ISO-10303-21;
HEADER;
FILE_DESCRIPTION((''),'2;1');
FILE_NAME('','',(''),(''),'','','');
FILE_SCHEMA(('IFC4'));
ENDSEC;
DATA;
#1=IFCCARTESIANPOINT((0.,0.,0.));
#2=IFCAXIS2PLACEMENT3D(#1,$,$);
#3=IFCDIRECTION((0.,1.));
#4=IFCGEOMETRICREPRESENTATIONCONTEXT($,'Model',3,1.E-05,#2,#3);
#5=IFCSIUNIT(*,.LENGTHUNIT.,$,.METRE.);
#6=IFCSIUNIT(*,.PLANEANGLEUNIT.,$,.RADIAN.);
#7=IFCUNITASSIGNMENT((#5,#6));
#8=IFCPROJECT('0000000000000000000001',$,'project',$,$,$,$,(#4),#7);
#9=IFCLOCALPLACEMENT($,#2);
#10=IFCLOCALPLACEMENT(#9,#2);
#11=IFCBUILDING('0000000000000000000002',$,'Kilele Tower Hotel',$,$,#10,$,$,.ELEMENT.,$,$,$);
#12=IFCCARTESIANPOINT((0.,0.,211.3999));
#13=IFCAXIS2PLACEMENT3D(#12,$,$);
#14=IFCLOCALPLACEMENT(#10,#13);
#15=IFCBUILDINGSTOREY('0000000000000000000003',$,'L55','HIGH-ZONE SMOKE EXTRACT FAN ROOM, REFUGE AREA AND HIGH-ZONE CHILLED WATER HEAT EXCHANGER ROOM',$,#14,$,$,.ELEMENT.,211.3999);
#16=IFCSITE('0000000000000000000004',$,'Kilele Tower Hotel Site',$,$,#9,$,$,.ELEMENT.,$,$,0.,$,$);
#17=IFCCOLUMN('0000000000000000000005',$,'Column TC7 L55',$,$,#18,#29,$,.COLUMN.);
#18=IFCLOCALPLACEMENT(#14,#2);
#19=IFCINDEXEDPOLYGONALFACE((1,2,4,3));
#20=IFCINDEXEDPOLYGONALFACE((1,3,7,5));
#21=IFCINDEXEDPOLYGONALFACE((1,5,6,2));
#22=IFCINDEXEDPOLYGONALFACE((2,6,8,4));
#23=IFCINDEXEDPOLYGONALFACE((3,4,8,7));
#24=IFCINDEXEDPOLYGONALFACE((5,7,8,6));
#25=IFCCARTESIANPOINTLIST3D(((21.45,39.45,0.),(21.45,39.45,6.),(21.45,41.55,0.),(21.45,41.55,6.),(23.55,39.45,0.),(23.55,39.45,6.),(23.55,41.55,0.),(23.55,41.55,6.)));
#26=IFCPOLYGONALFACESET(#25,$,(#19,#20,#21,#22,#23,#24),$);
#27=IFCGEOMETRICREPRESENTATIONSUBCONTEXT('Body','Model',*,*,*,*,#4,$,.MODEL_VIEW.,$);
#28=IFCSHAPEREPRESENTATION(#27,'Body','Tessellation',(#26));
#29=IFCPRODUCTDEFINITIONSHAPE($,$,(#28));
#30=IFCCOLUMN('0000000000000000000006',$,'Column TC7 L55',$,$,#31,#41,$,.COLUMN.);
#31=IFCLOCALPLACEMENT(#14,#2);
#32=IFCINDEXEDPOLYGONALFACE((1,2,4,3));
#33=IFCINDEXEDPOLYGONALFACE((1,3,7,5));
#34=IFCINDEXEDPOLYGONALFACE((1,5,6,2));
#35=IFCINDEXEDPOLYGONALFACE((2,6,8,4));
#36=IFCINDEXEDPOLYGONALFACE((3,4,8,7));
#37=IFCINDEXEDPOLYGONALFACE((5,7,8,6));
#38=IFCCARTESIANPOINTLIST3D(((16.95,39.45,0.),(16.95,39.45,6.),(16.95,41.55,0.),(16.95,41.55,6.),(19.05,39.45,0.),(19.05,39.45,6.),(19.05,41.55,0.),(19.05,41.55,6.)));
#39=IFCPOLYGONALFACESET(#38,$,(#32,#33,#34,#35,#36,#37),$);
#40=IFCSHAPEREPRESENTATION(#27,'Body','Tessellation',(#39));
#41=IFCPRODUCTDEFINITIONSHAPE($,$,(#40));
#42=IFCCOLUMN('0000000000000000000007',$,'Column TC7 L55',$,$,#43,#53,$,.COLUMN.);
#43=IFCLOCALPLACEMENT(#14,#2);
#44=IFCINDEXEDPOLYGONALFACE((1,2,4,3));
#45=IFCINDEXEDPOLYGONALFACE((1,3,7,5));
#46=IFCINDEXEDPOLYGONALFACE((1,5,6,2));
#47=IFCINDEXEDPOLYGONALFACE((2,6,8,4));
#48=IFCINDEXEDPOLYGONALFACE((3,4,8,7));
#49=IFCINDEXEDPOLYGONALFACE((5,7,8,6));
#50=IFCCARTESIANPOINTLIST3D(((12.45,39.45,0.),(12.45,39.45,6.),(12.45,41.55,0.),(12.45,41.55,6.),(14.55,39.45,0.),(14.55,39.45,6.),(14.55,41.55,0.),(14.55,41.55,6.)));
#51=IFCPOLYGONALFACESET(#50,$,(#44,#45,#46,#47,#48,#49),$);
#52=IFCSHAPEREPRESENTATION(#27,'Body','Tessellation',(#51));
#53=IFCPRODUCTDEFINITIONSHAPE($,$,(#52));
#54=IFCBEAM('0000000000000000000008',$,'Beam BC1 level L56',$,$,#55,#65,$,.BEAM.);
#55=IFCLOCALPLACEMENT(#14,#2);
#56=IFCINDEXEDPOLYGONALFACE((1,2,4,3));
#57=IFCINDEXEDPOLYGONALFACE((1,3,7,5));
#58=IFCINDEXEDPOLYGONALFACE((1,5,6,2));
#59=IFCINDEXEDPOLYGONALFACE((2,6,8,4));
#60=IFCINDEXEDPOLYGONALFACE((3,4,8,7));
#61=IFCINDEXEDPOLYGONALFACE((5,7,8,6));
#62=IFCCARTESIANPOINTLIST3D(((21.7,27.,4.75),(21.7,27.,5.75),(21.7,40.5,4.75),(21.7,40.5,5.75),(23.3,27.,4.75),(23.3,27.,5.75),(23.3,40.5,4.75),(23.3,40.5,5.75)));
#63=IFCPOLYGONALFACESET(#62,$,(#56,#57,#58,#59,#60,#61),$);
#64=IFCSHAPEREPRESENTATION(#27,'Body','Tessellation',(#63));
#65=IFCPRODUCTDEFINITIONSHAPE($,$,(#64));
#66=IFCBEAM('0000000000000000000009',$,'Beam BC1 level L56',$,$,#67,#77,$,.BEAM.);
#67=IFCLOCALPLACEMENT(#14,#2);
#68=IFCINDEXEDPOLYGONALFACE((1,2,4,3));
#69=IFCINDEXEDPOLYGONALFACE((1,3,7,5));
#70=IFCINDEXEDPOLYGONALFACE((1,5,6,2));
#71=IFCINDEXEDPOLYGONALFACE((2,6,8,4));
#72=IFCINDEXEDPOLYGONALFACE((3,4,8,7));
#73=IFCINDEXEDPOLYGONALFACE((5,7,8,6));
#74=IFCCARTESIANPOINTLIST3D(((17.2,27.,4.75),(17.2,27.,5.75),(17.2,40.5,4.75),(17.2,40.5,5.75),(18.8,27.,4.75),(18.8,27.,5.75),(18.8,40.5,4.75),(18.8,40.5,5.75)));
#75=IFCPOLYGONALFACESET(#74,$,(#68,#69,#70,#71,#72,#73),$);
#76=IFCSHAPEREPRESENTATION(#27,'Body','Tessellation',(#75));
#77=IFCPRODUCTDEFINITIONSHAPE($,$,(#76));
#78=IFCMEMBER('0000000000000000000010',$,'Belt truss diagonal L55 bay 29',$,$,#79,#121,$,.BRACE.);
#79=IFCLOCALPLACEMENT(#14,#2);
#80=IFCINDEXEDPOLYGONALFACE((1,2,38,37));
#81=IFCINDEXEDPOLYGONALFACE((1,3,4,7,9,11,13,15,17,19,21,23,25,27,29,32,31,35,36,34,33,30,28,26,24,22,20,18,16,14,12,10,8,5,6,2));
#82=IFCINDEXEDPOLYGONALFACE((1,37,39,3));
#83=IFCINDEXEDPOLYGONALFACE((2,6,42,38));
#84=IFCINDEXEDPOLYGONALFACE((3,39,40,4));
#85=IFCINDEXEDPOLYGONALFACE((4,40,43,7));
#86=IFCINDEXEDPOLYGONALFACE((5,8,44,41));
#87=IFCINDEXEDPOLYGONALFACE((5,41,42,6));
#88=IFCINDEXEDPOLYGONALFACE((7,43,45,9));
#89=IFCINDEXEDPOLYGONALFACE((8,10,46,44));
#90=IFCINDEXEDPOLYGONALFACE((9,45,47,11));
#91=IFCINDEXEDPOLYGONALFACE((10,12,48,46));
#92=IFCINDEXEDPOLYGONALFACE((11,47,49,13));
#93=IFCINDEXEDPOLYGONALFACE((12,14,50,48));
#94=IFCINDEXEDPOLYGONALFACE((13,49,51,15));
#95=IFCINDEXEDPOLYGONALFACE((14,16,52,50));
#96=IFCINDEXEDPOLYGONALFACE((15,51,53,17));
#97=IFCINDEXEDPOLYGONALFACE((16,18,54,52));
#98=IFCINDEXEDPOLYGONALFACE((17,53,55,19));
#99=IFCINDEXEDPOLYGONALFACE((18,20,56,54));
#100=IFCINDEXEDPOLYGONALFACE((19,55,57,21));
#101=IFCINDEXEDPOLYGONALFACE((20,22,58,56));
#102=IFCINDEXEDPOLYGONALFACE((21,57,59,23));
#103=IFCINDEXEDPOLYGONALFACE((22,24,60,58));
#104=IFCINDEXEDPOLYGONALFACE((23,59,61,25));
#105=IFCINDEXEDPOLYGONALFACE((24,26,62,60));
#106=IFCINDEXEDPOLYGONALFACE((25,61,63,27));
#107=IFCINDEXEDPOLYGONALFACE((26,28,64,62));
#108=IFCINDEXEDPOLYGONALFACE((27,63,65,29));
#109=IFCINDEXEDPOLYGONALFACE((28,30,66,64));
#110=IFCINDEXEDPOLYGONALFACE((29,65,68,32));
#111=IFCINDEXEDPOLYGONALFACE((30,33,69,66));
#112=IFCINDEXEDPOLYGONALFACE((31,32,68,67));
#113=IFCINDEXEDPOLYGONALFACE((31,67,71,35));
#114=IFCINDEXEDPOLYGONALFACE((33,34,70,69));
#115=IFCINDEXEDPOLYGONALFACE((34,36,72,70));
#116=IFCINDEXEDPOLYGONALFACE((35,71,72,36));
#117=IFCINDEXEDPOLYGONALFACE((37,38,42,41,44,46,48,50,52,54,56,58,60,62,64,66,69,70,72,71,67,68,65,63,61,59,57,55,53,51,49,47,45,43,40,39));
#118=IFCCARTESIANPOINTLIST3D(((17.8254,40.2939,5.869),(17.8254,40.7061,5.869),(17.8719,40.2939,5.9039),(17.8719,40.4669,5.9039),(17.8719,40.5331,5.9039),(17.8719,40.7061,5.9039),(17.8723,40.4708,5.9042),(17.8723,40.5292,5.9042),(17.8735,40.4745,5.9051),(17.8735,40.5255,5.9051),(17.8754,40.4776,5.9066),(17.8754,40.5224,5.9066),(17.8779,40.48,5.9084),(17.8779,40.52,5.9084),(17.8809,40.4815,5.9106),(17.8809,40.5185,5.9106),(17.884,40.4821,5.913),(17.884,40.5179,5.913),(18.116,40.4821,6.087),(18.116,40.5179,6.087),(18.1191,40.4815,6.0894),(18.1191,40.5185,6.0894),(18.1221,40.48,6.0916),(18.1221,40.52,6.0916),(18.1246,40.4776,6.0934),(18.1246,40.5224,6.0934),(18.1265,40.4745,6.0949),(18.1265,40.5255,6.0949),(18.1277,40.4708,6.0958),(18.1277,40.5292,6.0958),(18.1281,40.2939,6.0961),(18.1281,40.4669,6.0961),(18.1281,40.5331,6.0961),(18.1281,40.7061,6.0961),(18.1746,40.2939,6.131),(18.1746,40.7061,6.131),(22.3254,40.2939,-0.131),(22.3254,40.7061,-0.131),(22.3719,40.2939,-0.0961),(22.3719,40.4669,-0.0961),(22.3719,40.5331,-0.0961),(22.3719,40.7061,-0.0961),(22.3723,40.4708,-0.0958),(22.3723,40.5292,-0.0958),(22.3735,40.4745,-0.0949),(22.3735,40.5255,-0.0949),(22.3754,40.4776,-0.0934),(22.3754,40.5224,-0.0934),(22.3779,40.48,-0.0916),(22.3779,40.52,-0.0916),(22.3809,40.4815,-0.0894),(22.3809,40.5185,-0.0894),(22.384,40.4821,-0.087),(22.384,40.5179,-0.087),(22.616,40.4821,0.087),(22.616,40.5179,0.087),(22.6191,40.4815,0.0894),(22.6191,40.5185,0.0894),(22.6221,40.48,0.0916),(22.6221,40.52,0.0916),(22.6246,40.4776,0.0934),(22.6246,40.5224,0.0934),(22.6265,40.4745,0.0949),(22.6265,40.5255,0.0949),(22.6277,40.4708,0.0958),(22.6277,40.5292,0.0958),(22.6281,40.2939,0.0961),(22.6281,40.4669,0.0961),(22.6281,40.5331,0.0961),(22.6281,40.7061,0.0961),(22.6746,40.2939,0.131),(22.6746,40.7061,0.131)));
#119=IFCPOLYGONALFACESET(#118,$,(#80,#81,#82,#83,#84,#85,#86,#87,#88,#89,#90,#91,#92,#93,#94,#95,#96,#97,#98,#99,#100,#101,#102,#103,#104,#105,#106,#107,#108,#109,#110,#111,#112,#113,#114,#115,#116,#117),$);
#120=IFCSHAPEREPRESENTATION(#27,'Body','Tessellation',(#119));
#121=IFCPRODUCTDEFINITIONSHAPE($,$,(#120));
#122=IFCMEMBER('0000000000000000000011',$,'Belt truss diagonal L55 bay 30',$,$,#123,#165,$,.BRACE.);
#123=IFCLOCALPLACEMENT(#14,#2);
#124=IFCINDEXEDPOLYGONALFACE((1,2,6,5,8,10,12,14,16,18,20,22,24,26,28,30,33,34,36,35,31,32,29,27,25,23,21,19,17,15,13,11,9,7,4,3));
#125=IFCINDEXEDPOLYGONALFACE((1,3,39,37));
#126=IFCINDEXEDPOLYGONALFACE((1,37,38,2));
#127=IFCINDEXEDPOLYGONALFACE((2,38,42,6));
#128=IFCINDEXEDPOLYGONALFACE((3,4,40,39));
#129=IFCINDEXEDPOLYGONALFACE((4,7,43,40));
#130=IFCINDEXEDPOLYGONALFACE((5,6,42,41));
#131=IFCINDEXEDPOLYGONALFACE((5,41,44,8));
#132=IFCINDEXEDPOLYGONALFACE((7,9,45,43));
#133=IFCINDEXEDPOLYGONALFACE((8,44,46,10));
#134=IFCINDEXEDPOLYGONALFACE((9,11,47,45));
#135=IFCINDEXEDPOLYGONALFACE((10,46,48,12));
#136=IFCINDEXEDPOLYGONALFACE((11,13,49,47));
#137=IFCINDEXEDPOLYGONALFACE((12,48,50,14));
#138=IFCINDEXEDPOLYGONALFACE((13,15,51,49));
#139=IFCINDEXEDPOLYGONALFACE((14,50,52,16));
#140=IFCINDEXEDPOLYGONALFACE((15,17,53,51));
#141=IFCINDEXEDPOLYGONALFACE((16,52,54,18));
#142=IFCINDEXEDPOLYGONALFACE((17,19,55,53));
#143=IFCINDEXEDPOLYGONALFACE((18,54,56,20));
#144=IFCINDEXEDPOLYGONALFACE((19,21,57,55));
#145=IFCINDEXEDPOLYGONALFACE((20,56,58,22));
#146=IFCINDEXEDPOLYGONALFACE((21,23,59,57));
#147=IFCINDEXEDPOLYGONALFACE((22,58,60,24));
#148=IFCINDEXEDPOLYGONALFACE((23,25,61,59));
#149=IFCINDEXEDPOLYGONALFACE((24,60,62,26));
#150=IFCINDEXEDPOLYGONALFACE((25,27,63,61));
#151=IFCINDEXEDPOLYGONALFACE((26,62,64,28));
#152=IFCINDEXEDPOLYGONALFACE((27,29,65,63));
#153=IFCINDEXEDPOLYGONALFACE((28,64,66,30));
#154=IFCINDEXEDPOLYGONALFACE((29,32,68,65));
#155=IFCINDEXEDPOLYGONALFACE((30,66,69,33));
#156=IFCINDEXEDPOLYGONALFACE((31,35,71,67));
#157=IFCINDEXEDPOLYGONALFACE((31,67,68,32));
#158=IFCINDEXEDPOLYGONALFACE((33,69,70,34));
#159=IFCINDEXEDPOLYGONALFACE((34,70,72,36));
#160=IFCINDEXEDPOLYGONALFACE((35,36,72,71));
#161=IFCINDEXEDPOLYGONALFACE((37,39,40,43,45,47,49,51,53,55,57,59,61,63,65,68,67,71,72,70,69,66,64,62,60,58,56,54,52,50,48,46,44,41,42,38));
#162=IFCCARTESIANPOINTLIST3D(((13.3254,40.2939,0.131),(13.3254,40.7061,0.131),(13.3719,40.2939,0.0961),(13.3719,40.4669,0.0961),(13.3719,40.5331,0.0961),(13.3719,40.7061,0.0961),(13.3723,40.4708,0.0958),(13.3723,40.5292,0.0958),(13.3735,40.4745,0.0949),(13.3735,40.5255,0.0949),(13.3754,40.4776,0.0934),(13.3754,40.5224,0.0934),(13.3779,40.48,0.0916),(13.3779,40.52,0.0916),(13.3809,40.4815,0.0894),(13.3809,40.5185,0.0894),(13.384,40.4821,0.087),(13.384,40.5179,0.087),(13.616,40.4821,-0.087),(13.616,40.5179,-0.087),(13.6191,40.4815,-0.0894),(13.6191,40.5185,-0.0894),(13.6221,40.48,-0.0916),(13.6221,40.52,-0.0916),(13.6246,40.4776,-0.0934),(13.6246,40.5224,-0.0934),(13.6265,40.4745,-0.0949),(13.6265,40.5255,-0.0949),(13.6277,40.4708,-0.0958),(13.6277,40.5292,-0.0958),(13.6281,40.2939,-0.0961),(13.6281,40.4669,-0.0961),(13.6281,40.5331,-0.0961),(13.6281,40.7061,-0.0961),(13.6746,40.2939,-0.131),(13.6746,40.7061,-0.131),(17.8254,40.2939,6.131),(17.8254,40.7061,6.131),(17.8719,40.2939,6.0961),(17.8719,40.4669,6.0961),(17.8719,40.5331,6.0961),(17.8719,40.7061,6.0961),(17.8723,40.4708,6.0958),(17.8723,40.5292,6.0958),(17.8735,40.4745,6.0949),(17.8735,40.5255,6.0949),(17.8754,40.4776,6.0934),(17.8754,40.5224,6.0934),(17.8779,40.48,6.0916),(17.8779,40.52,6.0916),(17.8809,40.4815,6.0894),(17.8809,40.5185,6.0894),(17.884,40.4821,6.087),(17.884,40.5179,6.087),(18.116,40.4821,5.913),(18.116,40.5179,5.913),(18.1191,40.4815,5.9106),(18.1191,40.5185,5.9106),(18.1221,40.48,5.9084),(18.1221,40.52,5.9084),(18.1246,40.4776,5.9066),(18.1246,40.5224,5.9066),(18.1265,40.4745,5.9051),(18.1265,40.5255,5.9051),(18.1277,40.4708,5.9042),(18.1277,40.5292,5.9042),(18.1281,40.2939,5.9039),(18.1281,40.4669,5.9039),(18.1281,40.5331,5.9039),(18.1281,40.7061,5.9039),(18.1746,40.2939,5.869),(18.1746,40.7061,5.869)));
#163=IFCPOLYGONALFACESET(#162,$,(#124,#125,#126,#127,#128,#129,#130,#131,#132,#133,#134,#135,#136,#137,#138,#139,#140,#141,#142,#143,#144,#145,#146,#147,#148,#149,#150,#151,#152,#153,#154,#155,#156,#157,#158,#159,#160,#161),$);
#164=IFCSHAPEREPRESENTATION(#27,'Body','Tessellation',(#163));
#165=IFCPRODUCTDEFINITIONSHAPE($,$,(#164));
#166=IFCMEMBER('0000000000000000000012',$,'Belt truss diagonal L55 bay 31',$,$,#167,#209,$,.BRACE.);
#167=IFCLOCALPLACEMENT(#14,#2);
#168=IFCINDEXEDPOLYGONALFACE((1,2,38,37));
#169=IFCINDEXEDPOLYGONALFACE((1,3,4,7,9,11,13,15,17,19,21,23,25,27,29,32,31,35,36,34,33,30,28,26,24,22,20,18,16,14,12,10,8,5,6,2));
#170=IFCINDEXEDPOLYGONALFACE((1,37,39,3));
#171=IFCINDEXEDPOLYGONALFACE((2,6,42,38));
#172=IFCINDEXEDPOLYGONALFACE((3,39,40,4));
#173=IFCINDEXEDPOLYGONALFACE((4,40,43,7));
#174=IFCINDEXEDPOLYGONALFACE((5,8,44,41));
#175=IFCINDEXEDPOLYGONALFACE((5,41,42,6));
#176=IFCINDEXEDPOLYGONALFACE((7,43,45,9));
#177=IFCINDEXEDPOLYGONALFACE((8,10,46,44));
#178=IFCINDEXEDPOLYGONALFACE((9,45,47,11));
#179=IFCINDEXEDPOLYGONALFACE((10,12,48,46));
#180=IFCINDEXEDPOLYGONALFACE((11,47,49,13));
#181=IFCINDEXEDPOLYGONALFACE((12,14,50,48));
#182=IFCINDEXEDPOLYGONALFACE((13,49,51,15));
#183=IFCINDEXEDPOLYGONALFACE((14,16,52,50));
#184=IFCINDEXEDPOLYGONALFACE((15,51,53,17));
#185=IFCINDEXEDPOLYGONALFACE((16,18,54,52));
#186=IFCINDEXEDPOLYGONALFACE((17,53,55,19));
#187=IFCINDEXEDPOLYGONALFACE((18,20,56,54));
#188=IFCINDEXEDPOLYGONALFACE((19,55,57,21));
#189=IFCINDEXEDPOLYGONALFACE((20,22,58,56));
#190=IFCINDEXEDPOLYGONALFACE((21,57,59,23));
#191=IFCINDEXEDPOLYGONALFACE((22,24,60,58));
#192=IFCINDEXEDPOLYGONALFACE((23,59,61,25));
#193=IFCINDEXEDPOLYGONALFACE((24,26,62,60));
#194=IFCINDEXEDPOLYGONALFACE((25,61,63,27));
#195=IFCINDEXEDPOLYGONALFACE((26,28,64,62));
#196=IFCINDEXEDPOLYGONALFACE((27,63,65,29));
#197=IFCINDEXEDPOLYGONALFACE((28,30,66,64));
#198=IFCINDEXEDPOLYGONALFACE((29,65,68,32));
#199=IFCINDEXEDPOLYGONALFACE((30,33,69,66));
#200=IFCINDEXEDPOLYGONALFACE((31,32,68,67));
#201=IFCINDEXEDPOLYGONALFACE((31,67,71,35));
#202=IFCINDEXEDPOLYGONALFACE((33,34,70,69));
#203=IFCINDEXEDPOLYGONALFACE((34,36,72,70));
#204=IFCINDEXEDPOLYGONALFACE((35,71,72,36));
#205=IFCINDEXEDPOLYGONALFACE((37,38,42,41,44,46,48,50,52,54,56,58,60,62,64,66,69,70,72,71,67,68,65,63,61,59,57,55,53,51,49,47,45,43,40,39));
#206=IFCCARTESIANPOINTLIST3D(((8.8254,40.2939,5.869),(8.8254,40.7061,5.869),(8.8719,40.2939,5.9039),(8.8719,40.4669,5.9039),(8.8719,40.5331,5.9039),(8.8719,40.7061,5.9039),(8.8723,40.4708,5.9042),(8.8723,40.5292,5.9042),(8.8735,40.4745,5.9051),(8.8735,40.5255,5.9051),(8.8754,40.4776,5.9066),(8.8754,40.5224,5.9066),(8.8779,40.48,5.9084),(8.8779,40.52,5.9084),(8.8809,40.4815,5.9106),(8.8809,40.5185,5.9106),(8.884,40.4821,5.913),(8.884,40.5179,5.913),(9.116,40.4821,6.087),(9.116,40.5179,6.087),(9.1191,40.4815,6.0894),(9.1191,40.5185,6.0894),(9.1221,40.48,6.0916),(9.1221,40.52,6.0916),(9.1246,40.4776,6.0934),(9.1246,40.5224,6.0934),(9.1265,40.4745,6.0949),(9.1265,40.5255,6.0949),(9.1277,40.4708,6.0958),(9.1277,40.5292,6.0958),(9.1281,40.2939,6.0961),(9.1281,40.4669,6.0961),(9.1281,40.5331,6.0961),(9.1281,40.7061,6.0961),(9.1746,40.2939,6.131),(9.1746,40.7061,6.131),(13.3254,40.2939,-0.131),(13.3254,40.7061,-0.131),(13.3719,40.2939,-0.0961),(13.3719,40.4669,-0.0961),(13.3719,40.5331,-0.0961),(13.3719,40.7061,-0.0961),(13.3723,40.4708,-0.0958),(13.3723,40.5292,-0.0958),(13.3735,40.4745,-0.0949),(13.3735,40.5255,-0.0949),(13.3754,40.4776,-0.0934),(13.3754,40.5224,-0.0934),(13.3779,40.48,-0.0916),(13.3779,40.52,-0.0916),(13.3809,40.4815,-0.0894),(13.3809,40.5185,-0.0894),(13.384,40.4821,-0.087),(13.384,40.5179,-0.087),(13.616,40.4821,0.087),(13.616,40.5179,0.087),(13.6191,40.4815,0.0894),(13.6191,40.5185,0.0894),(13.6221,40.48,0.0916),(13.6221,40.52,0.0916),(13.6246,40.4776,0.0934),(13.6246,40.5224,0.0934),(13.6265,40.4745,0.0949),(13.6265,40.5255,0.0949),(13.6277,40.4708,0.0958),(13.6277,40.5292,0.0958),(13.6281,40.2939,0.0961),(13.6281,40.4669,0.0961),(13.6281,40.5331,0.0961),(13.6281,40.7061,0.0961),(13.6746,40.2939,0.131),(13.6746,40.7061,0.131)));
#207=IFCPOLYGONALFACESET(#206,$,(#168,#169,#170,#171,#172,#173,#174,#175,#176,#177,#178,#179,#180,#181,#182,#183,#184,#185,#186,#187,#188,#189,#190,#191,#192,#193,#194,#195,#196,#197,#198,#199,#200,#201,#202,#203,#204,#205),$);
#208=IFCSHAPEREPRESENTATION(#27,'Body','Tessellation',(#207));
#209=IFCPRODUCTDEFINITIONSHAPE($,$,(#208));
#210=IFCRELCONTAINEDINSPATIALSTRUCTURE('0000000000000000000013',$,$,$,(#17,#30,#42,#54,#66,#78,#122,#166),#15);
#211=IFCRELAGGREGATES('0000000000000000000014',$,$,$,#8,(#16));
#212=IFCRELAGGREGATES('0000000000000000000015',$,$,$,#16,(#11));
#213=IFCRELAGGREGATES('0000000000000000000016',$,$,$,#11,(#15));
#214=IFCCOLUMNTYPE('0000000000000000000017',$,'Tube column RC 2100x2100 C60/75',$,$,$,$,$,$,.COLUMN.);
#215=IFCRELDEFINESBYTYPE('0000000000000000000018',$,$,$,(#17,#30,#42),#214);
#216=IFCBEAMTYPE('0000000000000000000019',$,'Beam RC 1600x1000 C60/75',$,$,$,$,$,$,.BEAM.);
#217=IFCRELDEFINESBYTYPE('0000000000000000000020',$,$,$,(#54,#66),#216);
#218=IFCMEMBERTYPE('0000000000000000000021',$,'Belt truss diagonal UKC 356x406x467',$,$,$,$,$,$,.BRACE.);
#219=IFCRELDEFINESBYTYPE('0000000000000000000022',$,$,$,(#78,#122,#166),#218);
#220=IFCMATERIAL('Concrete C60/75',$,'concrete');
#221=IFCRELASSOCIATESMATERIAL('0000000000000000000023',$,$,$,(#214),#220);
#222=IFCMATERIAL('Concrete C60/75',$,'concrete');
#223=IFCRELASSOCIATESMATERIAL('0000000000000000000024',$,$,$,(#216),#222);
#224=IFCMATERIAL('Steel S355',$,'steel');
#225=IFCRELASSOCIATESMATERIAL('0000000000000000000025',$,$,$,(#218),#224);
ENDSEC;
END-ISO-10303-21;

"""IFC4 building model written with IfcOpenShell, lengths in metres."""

from ifc_helpers import new_model, si_unit, direction, frame, origin, origin_2d, place, context, subcontext, project, spatial, rectangle, i_section, extrude, material, material_profile, profile_set, type_object, element, save


model = new_model("IFC4")

# Units and contexts
model_context = context("Model", 3, precision=1e-05, world=origin(), true_north=direction((0.0, 1.0)))
body_context = subcontext(model_context, "Body", "Model", "MODEL_VIEW")
ifc_project = project(units=[si_unit("LENGTHUNIT", "METRE"), si_unit("PLANEANGLEUNIT", "RADIAN")], contexts=[model_context])

# Site, building, storey
site_placement = place(None, origin())
site = spatial("IfcSite", under=ifc_project, at=site_placement, Name="Kilele Tower Hotel Site", CompositionType="ELEMENT", RefElevation=0.0)
building_placement = place(site_placement, origin())
building = spatial("IfcBuilding", under=site, at=building_placement, Name="Kilele Tower Hotel", CompositionType="ELEMENT")
storey_placement = place(building_placement, frame((0.0, 0.0, 211.3999)))
storey = spatial("IfcBuildingStorey", under=building, at=storey_placement, Name="L55", Description="HIGH-ZONE SMOKE EXTRACT FAN ROOM, REFUGE AREA AND HIGH-ZONE CHILLED WATER HEAT EXCHANGER ROOM", CompositionType="ELEMENT", Elevation=211.3999)

# Columns
ifc_material_1 = material(Name="Concrete C60/75", Category="concrete")
ifc_material_profile_1 = material_profile(ifc_material_1, rectangle(XDim=2.1001, YDim=2.1001, at=origin_2d()))
ifc_profile_set_1 = profile_set([ifc_material_profile_1], Name="Concrete C60/75")
column_type = type_object("IfcColumnType", Name="Tube column RC 2100x2100 C60/75", PredefinedType="COLUMN", material=ifc_profile_set_1)
for number, where, z_axis, x_axis, name in (
    (1, (22.5, 40.5, 0.0), (0.0, 0.0, 1.0), (1.0, 0.0, 0.0), "Column TC7 L55"),
    (2, (18.0, 40.5, 0.0), (0.0, 0.0, 1.0), (1.0, 0.0, 0.0), "Column TC7 L55"),
    (3, (13.5, 40.5, 0.0), (0.0, 0.0, 1.0), (1.0, 0.0, 0.0), "Column TC7 L55"),
):
    element("IfcColumn", number, at=place(storey_placement, frame(where, z_axis=z_axis, x_axis=x_axis)), inside=storey, type_object=column_type, Name=name, PredefinedType="COLUMN", context=body_context, shape_type="SweptSolid", body=[
        extrude(rectangle(XDim=2.1001, YDim=2.1001, at=origin_2d()), origin(), (0.0, 0.0, 1.0), 6.0),
    ])

# Beams
ifc_material_2 = material(Name="Concrete C60/75", Category="concrete")
ifc_material_profile_2 = material_profile(ifc_material_2, rectangle(XDim=1.6001, YDim=1.0, at=origin_2d()))
ifc_profile_set_2 = profile_set([ifc_material_profile_2], Name="Concrete C60/75")
beam_type_1 = type_object("IfcBeamType", Name="Beam RC 1600x1000 C60/75", PredefinedType="BEAM", material=ifc_profile_set_2)
for number, where, z_axis, x_axis, name in (
    (4, (22.5, 40.5, 5.25), (0.0, -1.0, 0.0), (1.0, 0.0, 0.0), "Beam BC1 level L56"),
    (5, (18.0, 40.5, 5.25), (0.0, -1.0, 0.0), (1.0, 0.0, 0.0), "Beam BC1 level L56"),
):
    element("IfcBeam", number, at=place(storey_placement, frame(where, z_axis=z_axis, x_axis=x_axis)), inside=storey, type_object=beam_type_1, Name=name, PredefinedType="BEAM", context=body_context, shape_type="SweptSolid", body=[
        extrude(rectangle(XDim=1.6001, YDim=1.0, at=origin_2d()), origin(), (0.0, 0.0, 1.0), 13.5),
    ])

# Members
ifc_material_3 = material(Name="Steel S355", Category="steel")
ifc_material_profile_3 = material_profile(ifc_material_3, i_section(OverallWidth=0.4121, OverallDepth=0.4365, WebThickness=0.0359, FlangeThickness=0.0581, FilletRadius=0.0151, at=origin_2d()))
ifc_profile_set_3 = profile_set([ifc_material_profile_3], Name="Steel S355")
member_type = type_object("IfcMemberType", Name="Belt truss diagonal UKC 356x406x467", PredefinedType="BRACE", material=ifc_profile_set_3)
for number, where, z_axis, x_axis, name in (
    (6, (22.5, 40.5, 0.0), (-0.6, 0.0, 0.8), (0.0, -1.0, 0.0), "Belt truss diagonal L55 bay 29"),
    (7, (18.0, 40.5, 6.0), (-0.6, 0.0, -0.8), (0.0, -1.0, 0.0), "Belt truss diagonal L55 bay 30"),
    (8, (13.5, 40.5, 0.0), (-0.6, 0.0, 0.8), (0.0, -1.0, 0.0), "Belt truss diagonal L55 bay 31"),
):
    element("IfcMember", number, at=place(storey_placement, frame(where, z_axis=z_axis, x_axis=x_axis)), inside=storey, type_object=member_type, Name=name, PredefinedType="BRACE", context=body_context, shape_type="SweptSolid", body=[
        extrude(i_section(OverallWidth=0.4121, OverallDepth=0.4365, WebThickness=0.0359, FlangeThickness=0.0581, FilletRadius=0.0151, at=origin_2d()), origin(), (0.0, 0.0, 1.0), 7.5),
    ])

save(model, "model.ifc")
